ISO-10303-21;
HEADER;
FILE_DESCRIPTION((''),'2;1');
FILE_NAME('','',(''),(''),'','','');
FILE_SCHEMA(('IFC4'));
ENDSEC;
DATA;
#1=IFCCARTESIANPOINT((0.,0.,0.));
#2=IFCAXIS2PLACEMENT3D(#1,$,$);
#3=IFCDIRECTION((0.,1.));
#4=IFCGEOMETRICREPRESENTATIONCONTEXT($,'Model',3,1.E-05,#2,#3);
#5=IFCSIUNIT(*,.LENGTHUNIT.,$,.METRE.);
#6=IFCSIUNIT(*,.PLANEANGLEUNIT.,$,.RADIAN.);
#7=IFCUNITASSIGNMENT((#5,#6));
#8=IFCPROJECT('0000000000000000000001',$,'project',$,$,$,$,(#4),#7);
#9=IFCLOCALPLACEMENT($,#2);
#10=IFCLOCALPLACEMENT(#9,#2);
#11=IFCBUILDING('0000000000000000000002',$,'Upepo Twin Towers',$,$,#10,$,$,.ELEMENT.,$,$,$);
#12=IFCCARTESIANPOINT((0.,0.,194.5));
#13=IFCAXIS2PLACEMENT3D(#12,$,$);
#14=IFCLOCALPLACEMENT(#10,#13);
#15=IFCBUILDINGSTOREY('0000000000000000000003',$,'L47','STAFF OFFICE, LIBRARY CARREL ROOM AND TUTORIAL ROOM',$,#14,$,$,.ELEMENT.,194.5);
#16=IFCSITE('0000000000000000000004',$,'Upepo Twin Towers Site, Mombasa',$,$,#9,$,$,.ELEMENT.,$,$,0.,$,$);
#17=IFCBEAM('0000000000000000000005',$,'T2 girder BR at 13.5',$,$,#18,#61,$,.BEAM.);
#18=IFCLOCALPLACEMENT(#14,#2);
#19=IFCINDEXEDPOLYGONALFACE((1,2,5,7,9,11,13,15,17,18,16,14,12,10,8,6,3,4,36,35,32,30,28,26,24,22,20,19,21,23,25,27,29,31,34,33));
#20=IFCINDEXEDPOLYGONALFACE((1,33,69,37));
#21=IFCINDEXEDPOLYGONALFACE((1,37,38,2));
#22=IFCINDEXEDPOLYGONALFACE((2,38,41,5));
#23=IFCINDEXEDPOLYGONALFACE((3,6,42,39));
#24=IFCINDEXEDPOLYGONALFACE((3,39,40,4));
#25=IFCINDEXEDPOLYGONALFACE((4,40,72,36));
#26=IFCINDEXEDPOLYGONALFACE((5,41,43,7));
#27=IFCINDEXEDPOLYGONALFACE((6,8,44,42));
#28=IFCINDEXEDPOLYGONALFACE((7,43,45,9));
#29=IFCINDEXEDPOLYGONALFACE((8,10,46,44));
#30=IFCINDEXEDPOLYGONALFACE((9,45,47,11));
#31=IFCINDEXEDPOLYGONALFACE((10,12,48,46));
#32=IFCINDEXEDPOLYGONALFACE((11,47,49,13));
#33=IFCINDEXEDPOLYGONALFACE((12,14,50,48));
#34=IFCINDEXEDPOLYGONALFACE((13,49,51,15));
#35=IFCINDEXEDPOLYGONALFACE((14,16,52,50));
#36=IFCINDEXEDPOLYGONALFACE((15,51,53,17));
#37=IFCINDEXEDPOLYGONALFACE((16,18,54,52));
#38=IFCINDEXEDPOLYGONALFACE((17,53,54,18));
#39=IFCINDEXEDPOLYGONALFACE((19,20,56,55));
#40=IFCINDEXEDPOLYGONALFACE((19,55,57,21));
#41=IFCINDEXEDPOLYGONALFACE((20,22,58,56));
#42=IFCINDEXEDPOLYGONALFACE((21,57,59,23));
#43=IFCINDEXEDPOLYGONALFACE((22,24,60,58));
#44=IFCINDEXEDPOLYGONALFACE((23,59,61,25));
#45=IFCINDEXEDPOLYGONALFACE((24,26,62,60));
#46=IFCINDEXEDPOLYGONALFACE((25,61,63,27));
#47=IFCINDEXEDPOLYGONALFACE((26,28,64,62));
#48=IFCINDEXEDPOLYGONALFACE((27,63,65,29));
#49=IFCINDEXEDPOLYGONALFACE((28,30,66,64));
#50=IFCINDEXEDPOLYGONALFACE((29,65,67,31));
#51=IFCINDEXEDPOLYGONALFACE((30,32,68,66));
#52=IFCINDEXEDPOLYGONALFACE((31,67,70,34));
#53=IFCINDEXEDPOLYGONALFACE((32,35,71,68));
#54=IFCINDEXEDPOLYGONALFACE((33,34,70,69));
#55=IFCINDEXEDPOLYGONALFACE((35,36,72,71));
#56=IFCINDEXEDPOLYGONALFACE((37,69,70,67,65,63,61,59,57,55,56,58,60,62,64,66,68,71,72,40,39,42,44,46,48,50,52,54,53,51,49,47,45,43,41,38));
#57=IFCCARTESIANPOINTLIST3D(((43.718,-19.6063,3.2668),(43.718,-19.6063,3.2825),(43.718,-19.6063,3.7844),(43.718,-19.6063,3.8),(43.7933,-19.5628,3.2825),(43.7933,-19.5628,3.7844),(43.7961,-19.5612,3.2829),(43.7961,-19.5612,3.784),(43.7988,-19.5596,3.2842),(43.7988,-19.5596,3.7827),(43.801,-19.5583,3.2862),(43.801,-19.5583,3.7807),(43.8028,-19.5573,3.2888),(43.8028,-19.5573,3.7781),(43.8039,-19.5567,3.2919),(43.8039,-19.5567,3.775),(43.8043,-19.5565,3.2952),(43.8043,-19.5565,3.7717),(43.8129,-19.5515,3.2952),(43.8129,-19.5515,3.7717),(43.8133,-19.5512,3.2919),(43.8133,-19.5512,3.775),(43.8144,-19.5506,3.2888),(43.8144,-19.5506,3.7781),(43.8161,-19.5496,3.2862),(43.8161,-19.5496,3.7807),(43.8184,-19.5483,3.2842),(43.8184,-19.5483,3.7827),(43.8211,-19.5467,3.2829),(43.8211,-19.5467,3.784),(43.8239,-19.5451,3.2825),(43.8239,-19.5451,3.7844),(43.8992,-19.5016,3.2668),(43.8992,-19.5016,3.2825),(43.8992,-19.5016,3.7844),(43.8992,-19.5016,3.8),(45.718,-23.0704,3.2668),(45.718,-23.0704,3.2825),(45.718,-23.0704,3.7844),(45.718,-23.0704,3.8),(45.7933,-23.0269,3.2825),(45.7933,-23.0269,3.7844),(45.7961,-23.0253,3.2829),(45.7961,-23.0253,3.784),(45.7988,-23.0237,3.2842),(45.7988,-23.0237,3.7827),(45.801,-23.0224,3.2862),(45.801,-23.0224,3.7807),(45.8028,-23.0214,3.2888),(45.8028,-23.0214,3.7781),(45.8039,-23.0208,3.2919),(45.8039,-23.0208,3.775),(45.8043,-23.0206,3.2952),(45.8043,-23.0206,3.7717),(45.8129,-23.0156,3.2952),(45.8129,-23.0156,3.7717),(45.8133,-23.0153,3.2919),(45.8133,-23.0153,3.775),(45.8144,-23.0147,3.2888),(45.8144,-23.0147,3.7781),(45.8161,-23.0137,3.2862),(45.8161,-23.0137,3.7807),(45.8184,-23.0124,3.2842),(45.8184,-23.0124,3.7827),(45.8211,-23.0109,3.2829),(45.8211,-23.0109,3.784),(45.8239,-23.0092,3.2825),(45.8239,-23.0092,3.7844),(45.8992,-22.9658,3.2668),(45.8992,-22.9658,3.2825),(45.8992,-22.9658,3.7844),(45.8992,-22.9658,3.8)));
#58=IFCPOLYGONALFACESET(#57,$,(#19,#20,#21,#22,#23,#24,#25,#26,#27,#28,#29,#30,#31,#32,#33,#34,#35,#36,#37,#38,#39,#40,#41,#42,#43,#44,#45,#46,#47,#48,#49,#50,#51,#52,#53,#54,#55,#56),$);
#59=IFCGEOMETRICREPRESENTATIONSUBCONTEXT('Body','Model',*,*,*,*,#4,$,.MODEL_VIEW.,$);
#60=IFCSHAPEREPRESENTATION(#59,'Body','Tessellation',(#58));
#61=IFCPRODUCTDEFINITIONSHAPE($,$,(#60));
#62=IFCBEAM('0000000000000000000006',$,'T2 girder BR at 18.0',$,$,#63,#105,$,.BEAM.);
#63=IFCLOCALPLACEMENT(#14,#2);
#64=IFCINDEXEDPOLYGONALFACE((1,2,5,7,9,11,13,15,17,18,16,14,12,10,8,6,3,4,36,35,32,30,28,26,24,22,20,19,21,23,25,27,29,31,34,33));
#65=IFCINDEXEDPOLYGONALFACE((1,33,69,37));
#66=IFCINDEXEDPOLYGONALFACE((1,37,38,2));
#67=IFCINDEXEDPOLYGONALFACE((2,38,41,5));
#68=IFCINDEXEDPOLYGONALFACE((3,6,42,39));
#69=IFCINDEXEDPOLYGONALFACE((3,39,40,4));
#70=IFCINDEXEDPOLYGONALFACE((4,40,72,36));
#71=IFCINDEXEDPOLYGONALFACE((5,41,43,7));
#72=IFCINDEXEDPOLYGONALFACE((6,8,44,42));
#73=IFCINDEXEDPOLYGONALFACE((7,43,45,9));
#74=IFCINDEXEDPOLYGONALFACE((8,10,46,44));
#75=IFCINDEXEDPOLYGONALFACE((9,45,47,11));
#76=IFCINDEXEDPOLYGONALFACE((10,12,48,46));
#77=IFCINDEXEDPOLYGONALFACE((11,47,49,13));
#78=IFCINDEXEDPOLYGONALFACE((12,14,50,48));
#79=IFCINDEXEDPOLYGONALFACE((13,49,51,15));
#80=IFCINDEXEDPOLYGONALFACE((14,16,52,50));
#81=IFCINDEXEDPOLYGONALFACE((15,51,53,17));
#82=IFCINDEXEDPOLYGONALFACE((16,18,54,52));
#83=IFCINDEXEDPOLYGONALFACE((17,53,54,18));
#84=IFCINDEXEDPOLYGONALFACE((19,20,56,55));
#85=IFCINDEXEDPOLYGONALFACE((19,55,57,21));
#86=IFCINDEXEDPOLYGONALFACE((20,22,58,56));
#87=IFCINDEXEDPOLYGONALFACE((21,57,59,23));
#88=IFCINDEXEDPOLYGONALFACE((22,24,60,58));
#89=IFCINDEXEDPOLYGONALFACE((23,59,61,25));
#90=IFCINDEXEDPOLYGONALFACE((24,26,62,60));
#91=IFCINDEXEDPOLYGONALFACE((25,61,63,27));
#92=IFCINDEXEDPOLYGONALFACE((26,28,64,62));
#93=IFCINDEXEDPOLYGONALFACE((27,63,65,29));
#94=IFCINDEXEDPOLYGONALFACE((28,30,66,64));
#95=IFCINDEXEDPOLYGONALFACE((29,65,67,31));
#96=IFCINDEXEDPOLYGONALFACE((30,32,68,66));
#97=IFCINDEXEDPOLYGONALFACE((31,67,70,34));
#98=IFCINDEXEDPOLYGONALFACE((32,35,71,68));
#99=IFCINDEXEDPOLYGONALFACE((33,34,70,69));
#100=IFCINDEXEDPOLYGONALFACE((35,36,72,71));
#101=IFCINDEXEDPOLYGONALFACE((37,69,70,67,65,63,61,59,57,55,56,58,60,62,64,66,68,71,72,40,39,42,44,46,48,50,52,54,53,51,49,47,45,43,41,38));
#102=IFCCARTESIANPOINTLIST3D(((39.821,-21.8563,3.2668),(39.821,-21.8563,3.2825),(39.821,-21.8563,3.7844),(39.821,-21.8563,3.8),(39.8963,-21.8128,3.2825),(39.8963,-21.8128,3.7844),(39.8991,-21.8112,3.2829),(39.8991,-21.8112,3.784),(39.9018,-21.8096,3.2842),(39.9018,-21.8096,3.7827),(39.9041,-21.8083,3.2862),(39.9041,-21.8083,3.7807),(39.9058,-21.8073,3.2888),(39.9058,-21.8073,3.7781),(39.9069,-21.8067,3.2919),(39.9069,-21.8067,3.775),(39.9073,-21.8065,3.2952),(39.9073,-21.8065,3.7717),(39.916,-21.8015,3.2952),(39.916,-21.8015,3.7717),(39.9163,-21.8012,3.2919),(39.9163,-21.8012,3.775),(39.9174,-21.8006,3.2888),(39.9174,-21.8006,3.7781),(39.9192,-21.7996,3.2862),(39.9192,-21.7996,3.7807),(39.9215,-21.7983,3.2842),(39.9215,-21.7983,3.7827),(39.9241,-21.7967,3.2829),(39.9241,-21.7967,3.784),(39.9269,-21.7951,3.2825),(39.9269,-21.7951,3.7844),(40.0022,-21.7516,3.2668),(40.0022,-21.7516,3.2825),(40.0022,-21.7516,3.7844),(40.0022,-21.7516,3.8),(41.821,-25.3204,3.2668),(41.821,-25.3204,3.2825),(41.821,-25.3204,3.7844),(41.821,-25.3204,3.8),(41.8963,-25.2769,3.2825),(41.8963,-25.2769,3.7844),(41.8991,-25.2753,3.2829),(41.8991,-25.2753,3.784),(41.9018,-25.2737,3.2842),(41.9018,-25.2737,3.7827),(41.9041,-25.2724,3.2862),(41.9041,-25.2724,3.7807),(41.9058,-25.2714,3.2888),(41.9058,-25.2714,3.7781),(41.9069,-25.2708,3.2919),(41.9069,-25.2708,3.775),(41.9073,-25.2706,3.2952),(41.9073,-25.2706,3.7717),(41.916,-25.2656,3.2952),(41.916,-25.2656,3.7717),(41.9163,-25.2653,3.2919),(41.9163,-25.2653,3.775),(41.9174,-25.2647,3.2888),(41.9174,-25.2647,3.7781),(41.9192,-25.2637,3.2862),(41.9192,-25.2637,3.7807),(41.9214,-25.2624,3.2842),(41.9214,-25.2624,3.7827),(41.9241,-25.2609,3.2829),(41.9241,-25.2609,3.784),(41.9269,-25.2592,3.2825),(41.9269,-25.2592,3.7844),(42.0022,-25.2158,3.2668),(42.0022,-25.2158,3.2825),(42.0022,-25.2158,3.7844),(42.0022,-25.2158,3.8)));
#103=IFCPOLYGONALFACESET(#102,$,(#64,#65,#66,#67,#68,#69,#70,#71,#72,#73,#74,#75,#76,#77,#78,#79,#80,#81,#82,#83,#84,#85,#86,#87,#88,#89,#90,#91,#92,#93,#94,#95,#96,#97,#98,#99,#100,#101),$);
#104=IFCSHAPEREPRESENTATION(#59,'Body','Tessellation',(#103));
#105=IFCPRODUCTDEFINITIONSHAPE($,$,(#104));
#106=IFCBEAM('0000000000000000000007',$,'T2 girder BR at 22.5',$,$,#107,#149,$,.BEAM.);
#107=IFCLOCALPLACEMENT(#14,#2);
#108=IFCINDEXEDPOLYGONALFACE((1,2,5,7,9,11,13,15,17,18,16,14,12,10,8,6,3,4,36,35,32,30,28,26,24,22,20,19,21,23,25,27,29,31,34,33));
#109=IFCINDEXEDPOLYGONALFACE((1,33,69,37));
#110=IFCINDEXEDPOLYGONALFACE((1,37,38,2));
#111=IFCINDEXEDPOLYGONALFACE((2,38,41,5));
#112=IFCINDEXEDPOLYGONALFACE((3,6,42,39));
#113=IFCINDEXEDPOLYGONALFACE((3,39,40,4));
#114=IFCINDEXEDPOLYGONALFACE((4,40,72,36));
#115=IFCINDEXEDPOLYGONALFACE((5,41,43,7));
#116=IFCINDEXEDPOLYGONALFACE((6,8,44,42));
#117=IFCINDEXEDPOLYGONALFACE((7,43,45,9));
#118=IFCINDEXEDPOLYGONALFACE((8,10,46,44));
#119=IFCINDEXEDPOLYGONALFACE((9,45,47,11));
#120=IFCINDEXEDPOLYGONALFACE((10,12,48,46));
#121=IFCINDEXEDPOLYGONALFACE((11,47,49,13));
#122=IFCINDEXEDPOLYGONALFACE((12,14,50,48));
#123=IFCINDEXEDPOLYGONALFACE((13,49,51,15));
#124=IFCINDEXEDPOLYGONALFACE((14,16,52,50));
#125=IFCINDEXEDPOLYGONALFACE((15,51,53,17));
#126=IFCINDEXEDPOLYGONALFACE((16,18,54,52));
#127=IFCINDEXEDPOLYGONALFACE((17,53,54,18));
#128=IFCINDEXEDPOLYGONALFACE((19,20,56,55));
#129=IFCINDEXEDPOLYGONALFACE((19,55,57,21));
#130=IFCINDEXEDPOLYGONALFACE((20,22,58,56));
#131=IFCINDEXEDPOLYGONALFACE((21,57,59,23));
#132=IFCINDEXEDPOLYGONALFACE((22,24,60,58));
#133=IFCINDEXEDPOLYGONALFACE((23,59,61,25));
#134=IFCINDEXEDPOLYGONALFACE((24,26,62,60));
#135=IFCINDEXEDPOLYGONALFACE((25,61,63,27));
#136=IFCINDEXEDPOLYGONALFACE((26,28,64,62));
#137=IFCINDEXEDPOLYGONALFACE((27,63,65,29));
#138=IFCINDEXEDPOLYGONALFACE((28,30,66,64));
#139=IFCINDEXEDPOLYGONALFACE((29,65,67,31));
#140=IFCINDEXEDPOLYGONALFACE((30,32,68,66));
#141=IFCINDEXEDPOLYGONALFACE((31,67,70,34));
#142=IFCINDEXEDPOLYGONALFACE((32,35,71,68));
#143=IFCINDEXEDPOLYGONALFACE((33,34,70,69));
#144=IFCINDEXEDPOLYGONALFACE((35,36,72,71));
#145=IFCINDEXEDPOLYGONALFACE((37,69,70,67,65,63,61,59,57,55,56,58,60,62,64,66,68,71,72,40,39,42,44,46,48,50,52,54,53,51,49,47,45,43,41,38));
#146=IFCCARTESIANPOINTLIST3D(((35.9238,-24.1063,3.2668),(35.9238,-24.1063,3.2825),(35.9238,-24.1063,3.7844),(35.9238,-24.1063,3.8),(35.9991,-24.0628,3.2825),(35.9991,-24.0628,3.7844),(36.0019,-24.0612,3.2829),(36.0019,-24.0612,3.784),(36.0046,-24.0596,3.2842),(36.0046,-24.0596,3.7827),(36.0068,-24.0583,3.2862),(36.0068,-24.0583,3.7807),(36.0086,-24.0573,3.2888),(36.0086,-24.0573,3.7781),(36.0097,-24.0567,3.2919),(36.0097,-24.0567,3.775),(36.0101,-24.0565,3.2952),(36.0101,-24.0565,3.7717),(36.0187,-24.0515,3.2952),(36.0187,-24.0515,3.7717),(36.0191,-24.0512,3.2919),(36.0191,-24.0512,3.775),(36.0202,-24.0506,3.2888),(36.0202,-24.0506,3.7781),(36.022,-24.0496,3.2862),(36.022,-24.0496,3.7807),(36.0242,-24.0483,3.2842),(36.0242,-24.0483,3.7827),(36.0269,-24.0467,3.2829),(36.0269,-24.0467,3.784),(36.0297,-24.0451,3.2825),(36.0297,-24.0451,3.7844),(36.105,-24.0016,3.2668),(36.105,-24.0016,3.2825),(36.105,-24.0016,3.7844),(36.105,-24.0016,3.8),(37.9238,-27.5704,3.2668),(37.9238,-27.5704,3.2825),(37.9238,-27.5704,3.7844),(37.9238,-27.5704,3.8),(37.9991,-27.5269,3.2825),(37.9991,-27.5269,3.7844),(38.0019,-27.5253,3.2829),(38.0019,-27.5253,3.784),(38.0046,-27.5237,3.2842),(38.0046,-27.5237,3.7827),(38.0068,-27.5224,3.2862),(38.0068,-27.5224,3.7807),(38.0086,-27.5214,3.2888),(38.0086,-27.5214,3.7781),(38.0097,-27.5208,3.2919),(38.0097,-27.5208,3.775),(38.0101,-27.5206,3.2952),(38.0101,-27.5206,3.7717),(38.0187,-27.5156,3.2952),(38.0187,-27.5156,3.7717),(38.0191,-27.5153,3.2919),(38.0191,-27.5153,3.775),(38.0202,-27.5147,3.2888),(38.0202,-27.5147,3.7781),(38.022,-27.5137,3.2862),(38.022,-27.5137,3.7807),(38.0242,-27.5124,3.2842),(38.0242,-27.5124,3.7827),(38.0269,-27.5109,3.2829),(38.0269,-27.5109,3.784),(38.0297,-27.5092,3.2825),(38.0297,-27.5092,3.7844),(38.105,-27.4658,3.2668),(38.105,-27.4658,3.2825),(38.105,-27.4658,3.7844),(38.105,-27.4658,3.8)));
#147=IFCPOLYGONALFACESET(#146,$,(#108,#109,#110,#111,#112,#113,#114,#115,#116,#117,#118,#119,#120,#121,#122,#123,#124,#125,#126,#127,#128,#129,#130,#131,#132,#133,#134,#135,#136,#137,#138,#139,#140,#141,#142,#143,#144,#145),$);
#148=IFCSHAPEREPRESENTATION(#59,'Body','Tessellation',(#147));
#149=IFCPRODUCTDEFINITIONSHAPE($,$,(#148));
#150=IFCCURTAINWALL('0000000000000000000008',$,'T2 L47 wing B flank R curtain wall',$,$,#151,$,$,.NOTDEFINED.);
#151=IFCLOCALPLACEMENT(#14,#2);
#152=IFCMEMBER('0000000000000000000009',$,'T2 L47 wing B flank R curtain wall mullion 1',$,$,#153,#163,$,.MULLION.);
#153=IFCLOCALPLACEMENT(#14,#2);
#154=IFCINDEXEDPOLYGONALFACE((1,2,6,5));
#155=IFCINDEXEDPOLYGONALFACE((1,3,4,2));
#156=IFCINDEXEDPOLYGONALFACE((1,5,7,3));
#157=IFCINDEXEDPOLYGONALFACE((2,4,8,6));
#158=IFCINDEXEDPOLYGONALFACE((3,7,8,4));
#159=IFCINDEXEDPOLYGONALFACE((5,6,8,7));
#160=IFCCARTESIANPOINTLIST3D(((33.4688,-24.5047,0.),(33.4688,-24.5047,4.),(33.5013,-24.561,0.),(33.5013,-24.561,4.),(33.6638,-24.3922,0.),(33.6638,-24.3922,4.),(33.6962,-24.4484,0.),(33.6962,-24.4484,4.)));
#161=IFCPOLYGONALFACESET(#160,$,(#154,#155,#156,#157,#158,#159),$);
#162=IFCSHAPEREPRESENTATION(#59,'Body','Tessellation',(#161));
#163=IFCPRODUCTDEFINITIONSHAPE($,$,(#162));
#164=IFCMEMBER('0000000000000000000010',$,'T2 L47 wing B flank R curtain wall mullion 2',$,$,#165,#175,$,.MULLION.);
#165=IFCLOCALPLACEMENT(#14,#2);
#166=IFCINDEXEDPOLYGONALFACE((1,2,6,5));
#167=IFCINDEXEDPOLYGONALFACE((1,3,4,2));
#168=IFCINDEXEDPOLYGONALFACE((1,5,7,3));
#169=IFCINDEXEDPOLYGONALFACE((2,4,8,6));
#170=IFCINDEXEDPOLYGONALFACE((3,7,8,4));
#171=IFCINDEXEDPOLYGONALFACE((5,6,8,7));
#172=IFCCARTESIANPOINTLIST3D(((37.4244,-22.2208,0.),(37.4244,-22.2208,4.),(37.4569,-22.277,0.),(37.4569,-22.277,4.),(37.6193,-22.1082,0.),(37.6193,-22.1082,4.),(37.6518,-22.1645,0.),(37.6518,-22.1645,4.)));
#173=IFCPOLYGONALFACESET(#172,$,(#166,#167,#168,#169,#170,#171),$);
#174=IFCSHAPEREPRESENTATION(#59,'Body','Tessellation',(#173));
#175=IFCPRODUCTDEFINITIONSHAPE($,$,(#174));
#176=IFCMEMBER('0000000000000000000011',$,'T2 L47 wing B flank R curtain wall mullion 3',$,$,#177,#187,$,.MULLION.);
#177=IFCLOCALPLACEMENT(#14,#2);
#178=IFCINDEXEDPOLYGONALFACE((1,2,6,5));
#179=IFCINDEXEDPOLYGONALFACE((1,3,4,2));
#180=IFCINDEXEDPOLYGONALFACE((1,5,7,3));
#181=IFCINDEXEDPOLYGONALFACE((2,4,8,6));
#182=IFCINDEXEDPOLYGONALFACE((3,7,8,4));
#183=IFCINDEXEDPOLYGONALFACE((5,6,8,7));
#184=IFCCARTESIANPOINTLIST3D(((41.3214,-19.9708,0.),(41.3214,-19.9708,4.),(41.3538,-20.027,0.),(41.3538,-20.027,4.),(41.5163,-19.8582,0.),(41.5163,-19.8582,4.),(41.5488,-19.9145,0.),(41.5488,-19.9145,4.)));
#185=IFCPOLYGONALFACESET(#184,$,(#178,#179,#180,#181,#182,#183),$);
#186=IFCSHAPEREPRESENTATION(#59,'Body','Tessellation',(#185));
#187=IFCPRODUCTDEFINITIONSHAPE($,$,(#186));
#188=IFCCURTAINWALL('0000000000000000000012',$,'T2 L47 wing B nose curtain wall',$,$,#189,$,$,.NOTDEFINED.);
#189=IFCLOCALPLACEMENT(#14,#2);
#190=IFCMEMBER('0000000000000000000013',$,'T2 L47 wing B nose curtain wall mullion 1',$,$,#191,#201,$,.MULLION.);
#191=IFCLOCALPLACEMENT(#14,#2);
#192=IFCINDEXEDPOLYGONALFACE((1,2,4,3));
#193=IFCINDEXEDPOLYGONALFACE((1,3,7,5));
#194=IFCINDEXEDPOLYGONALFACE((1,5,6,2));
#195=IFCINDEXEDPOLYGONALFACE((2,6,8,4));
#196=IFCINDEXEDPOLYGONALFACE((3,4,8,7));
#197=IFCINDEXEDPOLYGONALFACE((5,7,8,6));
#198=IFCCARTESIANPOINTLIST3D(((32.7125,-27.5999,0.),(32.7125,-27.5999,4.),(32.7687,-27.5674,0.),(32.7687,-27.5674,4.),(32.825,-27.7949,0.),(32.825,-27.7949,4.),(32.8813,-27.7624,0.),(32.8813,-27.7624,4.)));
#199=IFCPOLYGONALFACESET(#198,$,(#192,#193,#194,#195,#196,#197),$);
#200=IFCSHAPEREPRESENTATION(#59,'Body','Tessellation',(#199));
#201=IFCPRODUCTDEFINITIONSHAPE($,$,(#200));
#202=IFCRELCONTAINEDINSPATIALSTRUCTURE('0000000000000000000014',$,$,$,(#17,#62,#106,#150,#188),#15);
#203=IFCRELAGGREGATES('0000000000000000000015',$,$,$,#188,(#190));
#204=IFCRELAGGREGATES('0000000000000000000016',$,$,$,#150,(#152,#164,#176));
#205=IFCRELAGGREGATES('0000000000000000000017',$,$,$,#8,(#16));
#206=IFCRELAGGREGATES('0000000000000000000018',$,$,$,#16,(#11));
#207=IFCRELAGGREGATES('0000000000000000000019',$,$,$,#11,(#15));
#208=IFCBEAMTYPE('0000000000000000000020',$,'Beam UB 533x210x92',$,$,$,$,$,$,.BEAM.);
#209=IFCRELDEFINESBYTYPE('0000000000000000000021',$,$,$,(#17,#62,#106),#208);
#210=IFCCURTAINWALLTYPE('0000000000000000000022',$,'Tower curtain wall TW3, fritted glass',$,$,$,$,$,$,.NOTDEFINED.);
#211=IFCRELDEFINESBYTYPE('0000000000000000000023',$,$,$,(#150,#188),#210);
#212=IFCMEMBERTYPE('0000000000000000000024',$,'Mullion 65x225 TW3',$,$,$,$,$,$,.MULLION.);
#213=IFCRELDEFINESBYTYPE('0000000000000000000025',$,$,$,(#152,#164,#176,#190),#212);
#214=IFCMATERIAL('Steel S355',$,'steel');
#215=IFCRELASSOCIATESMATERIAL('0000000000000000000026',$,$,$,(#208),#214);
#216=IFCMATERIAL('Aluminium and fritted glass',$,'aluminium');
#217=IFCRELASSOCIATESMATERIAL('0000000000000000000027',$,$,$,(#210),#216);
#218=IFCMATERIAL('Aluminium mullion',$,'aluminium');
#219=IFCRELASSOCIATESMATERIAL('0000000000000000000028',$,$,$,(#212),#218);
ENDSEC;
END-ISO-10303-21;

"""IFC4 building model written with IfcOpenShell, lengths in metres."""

from ifc_helpers import new_model, si_unit, direction, frame, origin, origin_2d, place, context, subcontext, project, spatial, rectangle, i_section, extrude, material, material_profile, profile_set, type_object, element, aggregate, save


model = new_model("IFC4")

# Units and contexts
model_context = context("Model", 3, precision=1e-05, world=origin(), true_north=direction((0.0, 1.0)))
body_context = subcontext(model_context, "Body", "Model", "MODEL_VIEW")
ifc_project = project(units=[si_unit("LENGTHUNIT", "METRE"), si_unit("PLANEANGLEUNIT", "RADIAN")], contexts=[model_context])

# Site, building, storey
site_placement = place(None, origin())
site = spatial("IfcSite", under=ifc_project, at=site_placement, Name="Upepo Twin Towers Site, Mombasa", CompositionType="ELEMENT", RefElevation=0.0)
building_placement = place(site_placement, origin())
building = spatial("IfcBuilding", under=site, at=building_placement, Name="Upepo Twin Towers", CompositionType="ELEMENT")
storey_placement = place(building_placement, frame((0.0, 0.0, 194.5)))
storey = spatial("IfcBuildingStorey", under=building, at=storey_placement, Name="L47", Description="STAFF OFFICE, LIBRARY CARREL ROOM AND TUTORIAL ROOM", CompositionType="ELEMENT", Elevation=194.5)

# Beams
ifc_material_1 = material(Name="Steel S355", Category="steel")
ifc_material_profile_1 = material_profile(ifc_material_1, i_section(OverallWidth=0.2092, OverallDepth=0.5332, WebThickness=0.01, FlangeThickness=0.0156, FilletRadius=0.0127, at=origin_2d()), Name="UB 533x210x92")
ifc_profile_set_1 = profile_set([ifc_material_profile_1], Name="Steel S355")
beam_type_1 = type_object("IfcBeamType", Name="Beam UB 533x210x92", PredefinedType="BEAM", material=ifc_profile_set_1)
for number, where, z_axis, x_axis, name in (
    (1, (43.8086, -19.554, 3.5334), (0.499999, -0.866026, 0.0), (0.866026, 0.499999, 0.0), "T2 girder BR at 13.5"),
    (2, (39.9116, -21.804, 3.5334), (0.499999, -0.866026, 0.0), (0.866026, 0.499999, 0.0), "T2 girder BR at 18.0"),
    (3, (36.0144, -24.054, 3.5334), (0.499999, -0.866026, 0.0), (0.866026, 0.499999, 0.0), "T2 girder BR at 22.5"),
):
    element("IfcBeam", number, at=place(storey_placement, frame(where, z_axis=z_axis, x_axis=x_axis)), inside=storey, type_object=beam_type_1, Name=name, PredefinedType="BEAM", context=body_context, shape_type="SweptSolid", body=[
        extrude(i_section(OverallWidth=0.2092, OverallDepth=0.5332, WebThickness=0.01, FlangeThickness=0.0156, FilletRadius=0.0127, at=origin_2d()), origin(), (0.0, 0.0, 1.0), 4.0),
    ])

# Curtain wall, members
ifc_material_2 = material(Name="Aluminium and fritted glass", Category="aluminium")
curtain_wall_type = type_object("IfcCurtainWallType", Name="Tower curtain wall TW3, fritted glass", PredefinedType="NOTDEFINED", material=ifc_material_2)
curtain_wall_1_placement = place(storey_placement, origin())
curtain_wall_1 = element("IfcCurtainWall", 4, at=curtain_wall_1_placement, inside=storey, type_object=curtain_wall_type, Name="T2 L47 wing B flank R curtain wall", PredefinedType="NOTDEFINED")
ifc_material_3 = material(Name="Aluminium mullion", Category="aluminium")
ifc_material_profile_2 = material_profile(ifc_material_3, rectangle(XDim=0.0649, YDim=0.2251, at=origin_2d()), Name="MULLION 65x225")
ifc_profile_set_2 = profile_set([ifc_material_profile_2], Name="Aluminium mullion")
member_type_1 = type_object("IfcMemberType", Name="Mullion 65x225 TW3", PredefinedType="MULLION", material=ifc_profile_set_2)
member_1_placement = place(storey_placement, frame((33.5825, -24.4766, 0.0), z_axis=(0.0, 0.0, 1.0), x_axis=(-0.5, 0.866025, 0.0)))
member_1 = element("IfcMember", 5, at=member_1_placement, type_object=member_type_1, Name="T2 L47 wing B flank R curtain wall mullion 1", PredefinedType="MULLION", context=body_context, shape_type="SweptSolid", body=[
    extrude(rectangle(XDim=0.0649, YDim=0.2251, at=origin_2d()), origin(), (0.0, 0.0, 1.0), 4.0),
])
member_2_placement = place(storey_placement, frame((37.5381, -22.1926, 0.0), z_axis=(0.0, 0.0, 1.0), x_axis=(-0.5, 0.866025, 0.0)))
member_2 = element("IfcMember", 6, at=member_2_placement, type_object=member_type_1, Name="T2 L47 wing B flank R curtain wall mullion 2", PredefinedType="MULLION", context=body_context, shape_type="SweptSolid", body=[
    extrude(rectangle(XDim=0.0649, YDim=0.2251, at=origin_2d()), origin(), (0.0, 0.0, 1.0), 4.0),
])
member_3_placement = place(storey_placement, frame((41.4351, -19.9426, 0.0), z_axis=(0.0, 0.0, 1.0), x_axis=(-0.5, 0.866025, 0.0)))
member_3 = element("IfcMember", 7, at=member_3_placement, type_object=member_type_1, Name="T2 L47 wing B flank R curtain wall mullion 3", PredefinedType="MULLION", context=body_context, shape_type="SweptSolid", body=[
    extrude(rectangle(XDim=0.0649, YDim=0.2251, at=origin_2d()), origin(), (0.0, 0.0, 1.0), 4.0),
])

# Curtain wall, member
curtain_wall_2_placement = place(storey_placement, origin())
curtain_wall_2 = element("IfcCurtainWall", 8, at=curtain_wall_2_placement, inside=storey, type_object=curtain_wall_type, Name="T2 L47 wing B nose curtain wall", PredefinedType="NOTDEFINED")
member_4_placement = place(storey_placement, frame((32.7969, -27.6812, 0.0), z_axis=(0.0, 0.0, 1.0), x_axis=(0.866025, 0.5, 0.0)))
member_4 = element("IfcMember", 9, at=member_4_placement, type_object=member_type_1, Name="T2 L47 wing B nose curtain wall mullion 1", PredefinedType="MULLION", context=body_context, shape_type="SweptSolid", body=[
    extrude(rectangle(XDim=0.0649, YDim=0.2251, at=origin_2d()), origin(), (0.0, 0.0, 1.0), 4.0),
])

aggregate(curtain_wall_2, [member_4])

aggregate(curtain_wall_1, [member_1, member_2, member_3])

save(model, "model.ifc")
